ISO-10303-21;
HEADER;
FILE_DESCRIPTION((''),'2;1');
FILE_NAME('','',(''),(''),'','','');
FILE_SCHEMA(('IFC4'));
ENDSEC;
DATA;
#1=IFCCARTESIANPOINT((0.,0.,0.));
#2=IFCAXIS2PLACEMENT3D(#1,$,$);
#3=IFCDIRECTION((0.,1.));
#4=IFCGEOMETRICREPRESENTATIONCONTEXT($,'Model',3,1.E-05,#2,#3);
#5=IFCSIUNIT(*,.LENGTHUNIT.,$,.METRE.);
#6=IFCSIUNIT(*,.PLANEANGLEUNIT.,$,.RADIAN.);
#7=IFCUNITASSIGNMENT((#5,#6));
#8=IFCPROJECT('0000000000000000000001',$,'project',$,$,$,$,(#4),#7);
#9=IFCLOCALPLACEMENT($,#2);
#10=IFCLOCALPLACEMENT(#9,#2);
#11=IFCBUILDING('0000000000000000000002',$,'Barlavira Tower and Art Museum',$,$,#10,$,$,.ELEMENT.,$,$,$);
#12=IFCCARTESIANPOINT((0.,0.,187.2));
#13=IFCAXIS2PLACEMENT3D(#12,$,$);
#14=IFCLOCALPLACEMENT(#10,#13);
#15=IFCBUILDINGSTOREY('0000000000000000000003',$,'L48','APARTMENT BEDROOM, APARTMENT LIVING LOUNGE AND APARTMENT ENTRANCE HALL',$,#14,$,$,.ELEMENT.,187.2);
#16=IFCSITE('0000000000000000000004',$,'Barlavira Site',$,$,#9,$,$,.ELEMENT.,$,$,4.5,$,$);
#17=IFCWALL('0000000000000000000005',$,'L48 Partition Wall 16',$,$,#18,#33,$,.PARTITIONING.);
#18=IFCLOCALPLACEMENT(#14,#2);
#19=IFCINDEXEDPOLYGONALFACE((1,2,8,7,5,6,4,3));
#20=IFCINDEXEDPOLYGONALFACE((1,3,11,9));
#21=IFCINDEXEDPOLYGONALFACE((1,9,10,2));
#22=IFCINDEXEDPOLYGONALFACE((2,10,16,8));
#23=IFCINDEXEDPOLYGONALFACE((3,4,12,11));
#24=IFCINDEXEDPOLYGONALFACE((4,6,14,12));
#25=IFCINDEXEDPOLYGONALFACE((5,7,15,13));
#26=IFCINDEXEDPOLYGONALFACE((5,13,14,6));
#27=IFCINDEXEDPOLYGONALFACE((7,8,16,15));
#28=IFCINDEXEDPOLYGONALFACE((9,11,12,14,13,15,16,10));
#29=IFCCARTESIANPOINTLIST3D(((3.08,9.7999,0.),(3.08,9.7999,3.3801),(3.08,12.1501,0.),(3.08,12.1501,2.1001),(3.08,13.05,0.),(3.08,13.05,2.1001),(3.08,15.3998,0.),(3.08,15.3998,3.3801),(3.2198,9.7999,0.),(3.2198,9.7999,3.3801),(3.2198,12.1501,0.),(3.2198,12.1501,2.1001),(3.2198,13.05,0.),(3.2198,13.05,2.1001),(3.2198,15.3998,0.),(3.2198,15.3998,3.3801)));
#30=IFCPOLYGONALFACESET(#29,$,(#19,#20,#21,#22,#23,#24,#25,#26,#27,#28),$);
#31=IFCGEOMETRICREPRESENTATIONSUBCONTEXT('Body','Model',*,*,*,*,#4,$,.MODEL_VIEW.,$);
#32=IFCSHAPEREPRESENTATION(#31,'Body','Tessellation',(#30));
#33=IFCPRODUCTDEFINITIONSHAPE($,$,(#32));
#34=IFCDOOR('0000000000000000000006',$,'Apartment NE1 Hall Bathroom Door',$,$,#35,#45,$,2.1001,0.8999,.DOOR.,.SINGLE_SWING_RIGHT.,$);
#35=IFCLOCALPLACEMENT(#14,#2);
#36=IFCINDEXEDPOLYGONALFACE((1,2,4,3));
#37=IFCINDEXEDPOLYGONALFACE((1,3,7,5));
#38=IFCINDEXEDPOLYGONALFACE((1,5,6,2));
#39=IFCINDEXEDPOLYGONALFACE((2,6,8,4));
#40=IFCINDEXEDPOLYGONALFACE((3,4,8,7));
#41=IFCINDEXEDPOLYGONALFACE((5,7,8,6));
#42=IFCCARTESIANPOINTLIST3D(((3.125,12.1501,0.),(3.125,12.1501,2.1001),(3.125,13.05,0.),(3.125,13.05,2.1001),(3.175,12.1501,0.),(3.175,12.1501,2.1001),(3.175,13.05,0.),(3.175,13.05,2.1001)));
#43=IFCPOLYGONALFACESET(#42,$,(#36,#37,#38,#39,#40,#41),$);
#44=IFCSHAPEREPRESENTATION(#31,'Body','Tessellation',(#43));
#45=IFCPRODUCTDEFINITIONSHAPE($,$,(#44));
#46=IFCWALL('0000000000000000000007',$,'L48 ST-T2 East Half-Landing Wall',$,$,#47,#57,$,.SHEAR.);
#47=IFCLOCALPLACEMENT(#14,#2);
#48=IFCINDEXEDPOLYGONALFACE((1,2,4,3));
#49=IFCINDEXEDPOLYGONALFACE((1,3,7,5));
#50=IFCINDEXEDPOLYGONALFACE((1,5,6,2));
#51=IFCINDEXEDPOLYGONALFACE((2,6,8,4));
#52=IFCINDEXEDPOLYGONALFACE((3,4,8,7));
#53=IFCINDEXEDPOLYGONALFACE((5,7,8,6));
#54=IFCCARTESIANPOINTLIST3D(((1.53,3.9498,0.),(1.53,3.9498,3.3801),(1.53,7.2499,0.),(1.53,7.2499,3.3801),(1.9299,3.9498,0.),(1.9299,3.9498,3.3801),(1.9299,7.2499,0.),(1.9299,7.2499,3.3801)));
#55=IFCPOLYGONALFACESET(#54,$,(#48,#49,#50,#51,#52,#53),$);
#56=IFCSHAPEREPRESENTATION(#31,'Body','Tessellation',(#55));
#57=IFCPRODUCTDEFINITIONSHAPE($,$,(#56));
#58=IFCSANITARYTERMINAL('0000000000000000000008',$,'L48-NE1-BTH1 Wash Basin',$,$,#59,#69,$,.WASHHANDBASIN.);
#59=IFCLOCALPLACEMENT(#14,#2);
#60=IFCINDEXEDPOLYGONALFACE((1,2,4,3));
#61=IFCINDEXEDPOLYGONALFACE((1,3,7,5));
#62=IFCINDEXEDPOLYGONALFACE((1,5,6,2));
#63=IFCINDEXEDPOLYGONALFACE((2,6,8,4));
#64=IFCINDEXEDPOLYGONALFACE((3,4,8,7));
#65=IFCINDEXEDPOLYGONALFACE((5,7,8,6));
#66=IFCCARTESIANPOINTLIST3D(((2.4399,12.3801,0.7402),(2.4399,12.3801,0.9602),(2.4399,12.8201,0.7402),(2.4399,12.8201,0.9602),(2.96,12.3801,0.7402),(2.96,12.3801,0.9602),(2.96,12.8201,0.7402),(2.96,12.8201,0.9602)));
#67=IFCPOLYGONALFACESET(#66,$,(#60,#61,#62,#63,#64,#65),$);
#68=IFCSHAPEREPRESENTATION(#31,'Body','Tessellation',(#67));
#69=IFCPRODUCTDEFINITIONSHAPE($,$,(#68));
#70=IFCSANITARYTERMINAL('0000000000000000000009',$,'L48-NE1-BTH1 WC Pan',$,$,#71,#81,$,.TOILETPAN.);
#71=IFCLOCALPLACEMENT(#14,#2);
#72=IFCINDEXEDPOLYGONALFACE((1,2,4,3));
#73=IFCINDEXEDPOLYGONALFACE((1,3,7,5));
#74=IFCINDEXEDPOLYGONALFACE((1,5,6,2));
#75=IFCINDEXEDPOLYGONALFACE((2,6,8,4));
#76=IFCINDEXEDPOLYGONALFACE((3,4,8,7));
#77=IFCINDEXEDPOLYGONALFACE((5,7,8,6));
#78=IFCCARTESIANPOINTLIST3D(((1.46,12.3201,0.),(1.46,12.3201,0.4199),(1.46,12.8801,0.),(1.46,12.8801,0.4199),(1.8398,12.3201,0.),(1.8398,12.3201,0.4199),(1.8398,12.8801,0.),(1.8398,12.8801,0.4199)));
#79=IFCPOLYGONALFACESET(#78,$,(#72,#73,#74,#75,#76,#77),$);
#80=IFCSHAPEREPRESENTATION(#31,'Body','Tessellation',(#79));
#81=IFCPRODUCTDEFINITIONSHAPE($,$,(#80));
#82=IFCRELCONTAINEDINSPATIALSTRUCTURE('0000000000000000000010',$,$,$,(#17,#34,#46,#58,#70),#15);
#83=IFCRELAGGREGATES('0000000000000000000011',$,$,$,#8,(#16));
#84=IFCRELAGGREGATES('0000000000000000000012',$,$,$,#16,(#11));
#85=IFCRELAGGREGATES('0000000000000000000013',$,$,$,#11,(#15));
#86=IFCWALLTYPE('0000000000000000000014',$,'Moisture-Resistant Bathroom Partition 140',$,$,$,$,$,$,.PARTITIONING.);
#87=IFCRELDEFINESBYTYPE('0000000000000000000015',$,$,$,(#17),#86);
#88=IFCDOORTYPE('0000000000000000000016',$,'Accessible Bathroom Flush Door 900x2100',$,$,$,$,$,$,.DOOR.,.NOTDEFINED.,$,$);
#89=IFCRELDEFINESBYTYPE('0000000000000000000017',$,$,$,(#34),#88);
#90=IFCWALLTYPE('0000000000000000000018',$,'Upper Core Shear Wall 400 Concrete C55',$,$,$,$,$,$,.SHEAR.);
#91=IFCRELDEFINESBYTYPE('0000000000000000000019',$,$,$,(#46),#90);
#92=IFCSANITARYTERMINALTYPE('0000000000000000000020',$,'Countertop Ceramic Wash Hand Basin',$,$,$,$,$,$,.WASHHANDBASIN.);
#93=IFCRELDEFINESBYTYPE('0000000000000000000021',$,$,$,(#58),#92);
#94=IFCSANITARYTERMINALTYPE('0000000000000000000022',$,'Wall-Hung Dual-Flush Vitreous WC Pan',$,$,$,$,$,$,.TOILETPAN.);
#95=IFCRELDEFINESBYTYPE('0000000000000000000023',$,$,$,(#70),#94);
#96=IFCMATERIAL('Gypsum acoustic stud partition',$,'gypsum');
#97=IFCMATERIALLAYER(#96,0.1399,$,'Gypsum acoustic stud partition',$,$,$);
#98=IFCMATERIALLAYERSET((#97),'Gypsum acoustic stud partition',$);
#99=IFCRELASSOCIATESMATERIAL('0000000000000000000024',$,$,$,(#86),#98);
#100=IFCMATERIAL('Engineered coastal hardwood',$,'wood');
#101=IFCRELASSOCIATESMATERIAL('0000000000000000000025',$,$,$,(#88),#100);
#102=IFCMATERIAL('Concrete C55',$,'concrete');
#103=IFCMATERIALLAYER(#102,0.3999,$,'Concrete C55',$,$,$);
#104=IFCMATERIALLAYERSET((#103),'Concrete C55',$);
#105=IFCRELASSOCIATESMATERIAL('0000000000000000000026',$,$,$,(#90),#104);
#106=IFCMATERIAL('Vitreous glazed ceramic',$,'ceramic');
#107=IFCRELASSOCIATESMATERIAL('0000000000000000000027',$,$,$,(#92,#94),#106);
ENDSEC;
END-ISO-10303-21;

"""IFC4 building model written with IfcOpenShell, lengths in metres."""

from ifc_helpers import new_model, si_unit, direction, frame, frame_2d, origin, origin_2d, place, context, subcontext, project, spatial, rectangle, extrude, material, layer, layer_set, type_object, element, fill, save


model = new_model("IFC4")

# Units and contexts
model_context = context("Model", 3, precision=1e-05, world=origin(), true_north=direction((0.0, 1.0)))
body_context = subcontext(model_context, "Body", "Model", "MODEL_VIEW")
ifc_project = project(units=[si_unit("LENGTHUNIT", "METRE"), si_unit("PLANEANGLEUNIT", "RADIAN")], contexts=[model_context])

# Site, building, storey
site_placement = place(None, origin())
site = spatial("IfcSite", under=ifc_project, at=site_placement, Name="Barlavira Site", CompositionType="ELEMENT", RefElevation=4.5)
building_placement = place(site_placement, origin())
building = spatial("IfcBuilding", under=site, at=building_placement, Name="Barlavira Tower and Art Museum", CompositionType="ELEMENT")
storey_placement = place(building_placement, frame((0.0, 0.0, 187.2)))
storey = spatial("IfcBuildingStorey", under=building, at=storey_placement, Name="L48", Description="APARTMENT BEDROOM, APARTMENT LIVING LOUNGE AND APARTMENT ENTRANCE HALL", CompositionType="ELEMENT", Elevation=187.2)

# Shared definitions
ifc_material_1 = material(Name="Gypsum acoustic stud partition", Category="gypsum")
ifc_material_2 = material(Name="Engineered coastal hardwood", Category="wood")

# Wall, opening, door
ifc_layer_1 = layer(ifc_material_1, 0.1399, Name="Gypsum acoustic stud partition")
ifc_layer_set_1 = layer_set([ifc_layer_1], Name="Gypsum acoustic stud partition")
wall_type_1 = type_object("IfcWallType", Name="Moisture-Resistant Bathroom Partition 140", PredefinedType="PARTITIONING", material=ifc_layer_set_1)
wall_1_placement = place(storey_placement, frame((3.1499, 9.8, 0.0), z_axis=(0.0, 0.0, 1.0), x_axis=(0.0, 1.0, 0.0)))
wall_1 = element("IfcWall", 1, at=wall_1_placement, inside=storey, type_object=wall_type_1, Name="L48 Partition Wall 16", PredefinedType="PARTITIONING", context=body_context, shape_type="SweptSolid", body=[
    extrude(rectangle(XDim=5.5999, YDim=0.1399, at=frame_2d((2.7998, 0.0))), origin(), (0.0, 0.0, 1.0), 3.3801),
])
opening_1_placement = place(wall_1_placement, frame((2.3501, 0.0, 0.0)))
opening_1 = element("IfcOpeningElement", 2, at=opening_1_placement, cuts=wall_1, PredefinedType="OPENING", context=body_context, shape_type="SweptSolid", body=[
    extrude(rectangle(XDim=0.8999, YDim=2.1001, at=frame_2d((0.45, 1.05))), frame((0.0, 0.0801, 0.0), z_axis=(0.0, -1.0, 0.0), x_axis=(1.0, 0.0, 0.0)), (0.0, 0.0, 1.0), 0.1599),
])
door_type_1 = type_object("IfcDoorType", Name="Accessible Bathroom Flush Door 900x2100", OperationType="NOTDEFINED", PredefinedType="DOOR", material=ifc_material_2)
door_1_placement = place(opening_1_placement, origin())
door_1 = element("IfcDoor", 3, at=door_1_placement, inside=storey, type_object=door_type_1, Name="Apartment NE1 Hall Bathroom Door", OperationType="SINGLE_SWING_RIGHT", OverallHeight=2.1001, OverallWidth=0.8999, PredefinedType="DOOR", context=body_context, shape_type="SweptSolid", body=[
    extrude(rectangle(XDim=0.8999, YDim=2.1001, at=frame_2d((0.45, 1.05))), frame((0.0, 0.0249, 0.0), z_axis=(0.0, -1.0, 0.0), x_axis=(1.0, 0.0, 0.0)), (0.0, 0.0, 1.0), 0.05),
])
fill(opening_1, door_1)

# Wall
ifc_material_3 = material(Name="Concrete C55", Category="concrete")
ifc_layer_2 = layer(ifc_material_3, 0.3999, Name="Concrete C55")
ifc_layer_set_2 = layer_set([ifc_layer_2], Name="Concrete C55")
wall_type_2 = type_object("IfcWallType", Name="Upper Core Shear Wall 400 Concrete C55", PredefinedType="SHEAR", material=ifc_layer_set_2)
wall_2_placement = place(storey_placement, frame((1.73, 3.95, 0.0), z_axis=(0.0, 0.0, 1.0), x_axis=(0.0, 1.0, 0.0)))
element("IfcWall", 4, at=wall_2_placement, inside=storey, type_object=wall_type_2, Name="L48 ST-T2 East Half-Landing Wall", PredefinedType="SHEAR", context=body_context, shape_type="SweptSolid", body=[
    extrude(rectangle(XDim=3.3, YDim=0.3999, at=frame_2d((1.6499, 0.0))), origin(), (0.0, 0.0, 1.0), 3.3801),
])

# Sanitary terminals
ifc_material_4 = material(Name="Vitreous glazed ceramic", Category="ceramic")
sanitary_terminal_type_1 = type_object("IfcSanitaryTerminalType", Name="Countertop Ceramic Wash Hand Basin", PredefinedType="WASHHANDBASIN", material=ifc_material_4)
sanitary_terminal_1_placement = place(storey_placement, frame((2.7, 12.6001, 0.7402), z_axis=(0.0, 0.0, 1.0), x_axis=(1.0, 0.0, 0.0)))
element("IfcSanitaryTerminal", 5, at=sanitary_terminal_1_placement, inside=storey, type_object=sanitary_terminal_type_1, Name="L48-NE1-BTH1 Wash Basin", PredefinedType="WASHHANDBASIN", context=body_context, shape_type="SweptSolid", body=[
    extrude(rectangle(XDim=0.52, YDim=0.4399, at=origin_2d()), origin(), (0.0, 0.0, 1.0), 0.22),
])
sanitary_terminal_type_2 = type_object("IfcSanitaryTerminalType", Name="Wall-Hung Dual-Flush Vitreous WC Pan", PredefinedType="TOILETPAN", material=ifc_material_4)
sanitary_terminal_2_placement = place(storey_placement, frame((1.6499, 12.6001, 0.0), z_axis=(0.0, 0.0, 1.0), x_axis=(1.0, 0.0, 0.0)))
element("IfcSanitaryTerminal", 6, at=sanitary_terminal_2_placement, inside=storey, type_object=sanitary_terminal_type_2, Name="L48-NE1-BTH1 WC Pan", PredefinedType="TOILETPAN", context=body_context, shape_type="SweptSolid", body=[
    extrude(rectangle(XDim=0.3799, YDim=0.5601, at=origin_2d()), origin(), (0.0, 0.0, 1.0), 0.4199),
])

save(model, "model.ifc")
